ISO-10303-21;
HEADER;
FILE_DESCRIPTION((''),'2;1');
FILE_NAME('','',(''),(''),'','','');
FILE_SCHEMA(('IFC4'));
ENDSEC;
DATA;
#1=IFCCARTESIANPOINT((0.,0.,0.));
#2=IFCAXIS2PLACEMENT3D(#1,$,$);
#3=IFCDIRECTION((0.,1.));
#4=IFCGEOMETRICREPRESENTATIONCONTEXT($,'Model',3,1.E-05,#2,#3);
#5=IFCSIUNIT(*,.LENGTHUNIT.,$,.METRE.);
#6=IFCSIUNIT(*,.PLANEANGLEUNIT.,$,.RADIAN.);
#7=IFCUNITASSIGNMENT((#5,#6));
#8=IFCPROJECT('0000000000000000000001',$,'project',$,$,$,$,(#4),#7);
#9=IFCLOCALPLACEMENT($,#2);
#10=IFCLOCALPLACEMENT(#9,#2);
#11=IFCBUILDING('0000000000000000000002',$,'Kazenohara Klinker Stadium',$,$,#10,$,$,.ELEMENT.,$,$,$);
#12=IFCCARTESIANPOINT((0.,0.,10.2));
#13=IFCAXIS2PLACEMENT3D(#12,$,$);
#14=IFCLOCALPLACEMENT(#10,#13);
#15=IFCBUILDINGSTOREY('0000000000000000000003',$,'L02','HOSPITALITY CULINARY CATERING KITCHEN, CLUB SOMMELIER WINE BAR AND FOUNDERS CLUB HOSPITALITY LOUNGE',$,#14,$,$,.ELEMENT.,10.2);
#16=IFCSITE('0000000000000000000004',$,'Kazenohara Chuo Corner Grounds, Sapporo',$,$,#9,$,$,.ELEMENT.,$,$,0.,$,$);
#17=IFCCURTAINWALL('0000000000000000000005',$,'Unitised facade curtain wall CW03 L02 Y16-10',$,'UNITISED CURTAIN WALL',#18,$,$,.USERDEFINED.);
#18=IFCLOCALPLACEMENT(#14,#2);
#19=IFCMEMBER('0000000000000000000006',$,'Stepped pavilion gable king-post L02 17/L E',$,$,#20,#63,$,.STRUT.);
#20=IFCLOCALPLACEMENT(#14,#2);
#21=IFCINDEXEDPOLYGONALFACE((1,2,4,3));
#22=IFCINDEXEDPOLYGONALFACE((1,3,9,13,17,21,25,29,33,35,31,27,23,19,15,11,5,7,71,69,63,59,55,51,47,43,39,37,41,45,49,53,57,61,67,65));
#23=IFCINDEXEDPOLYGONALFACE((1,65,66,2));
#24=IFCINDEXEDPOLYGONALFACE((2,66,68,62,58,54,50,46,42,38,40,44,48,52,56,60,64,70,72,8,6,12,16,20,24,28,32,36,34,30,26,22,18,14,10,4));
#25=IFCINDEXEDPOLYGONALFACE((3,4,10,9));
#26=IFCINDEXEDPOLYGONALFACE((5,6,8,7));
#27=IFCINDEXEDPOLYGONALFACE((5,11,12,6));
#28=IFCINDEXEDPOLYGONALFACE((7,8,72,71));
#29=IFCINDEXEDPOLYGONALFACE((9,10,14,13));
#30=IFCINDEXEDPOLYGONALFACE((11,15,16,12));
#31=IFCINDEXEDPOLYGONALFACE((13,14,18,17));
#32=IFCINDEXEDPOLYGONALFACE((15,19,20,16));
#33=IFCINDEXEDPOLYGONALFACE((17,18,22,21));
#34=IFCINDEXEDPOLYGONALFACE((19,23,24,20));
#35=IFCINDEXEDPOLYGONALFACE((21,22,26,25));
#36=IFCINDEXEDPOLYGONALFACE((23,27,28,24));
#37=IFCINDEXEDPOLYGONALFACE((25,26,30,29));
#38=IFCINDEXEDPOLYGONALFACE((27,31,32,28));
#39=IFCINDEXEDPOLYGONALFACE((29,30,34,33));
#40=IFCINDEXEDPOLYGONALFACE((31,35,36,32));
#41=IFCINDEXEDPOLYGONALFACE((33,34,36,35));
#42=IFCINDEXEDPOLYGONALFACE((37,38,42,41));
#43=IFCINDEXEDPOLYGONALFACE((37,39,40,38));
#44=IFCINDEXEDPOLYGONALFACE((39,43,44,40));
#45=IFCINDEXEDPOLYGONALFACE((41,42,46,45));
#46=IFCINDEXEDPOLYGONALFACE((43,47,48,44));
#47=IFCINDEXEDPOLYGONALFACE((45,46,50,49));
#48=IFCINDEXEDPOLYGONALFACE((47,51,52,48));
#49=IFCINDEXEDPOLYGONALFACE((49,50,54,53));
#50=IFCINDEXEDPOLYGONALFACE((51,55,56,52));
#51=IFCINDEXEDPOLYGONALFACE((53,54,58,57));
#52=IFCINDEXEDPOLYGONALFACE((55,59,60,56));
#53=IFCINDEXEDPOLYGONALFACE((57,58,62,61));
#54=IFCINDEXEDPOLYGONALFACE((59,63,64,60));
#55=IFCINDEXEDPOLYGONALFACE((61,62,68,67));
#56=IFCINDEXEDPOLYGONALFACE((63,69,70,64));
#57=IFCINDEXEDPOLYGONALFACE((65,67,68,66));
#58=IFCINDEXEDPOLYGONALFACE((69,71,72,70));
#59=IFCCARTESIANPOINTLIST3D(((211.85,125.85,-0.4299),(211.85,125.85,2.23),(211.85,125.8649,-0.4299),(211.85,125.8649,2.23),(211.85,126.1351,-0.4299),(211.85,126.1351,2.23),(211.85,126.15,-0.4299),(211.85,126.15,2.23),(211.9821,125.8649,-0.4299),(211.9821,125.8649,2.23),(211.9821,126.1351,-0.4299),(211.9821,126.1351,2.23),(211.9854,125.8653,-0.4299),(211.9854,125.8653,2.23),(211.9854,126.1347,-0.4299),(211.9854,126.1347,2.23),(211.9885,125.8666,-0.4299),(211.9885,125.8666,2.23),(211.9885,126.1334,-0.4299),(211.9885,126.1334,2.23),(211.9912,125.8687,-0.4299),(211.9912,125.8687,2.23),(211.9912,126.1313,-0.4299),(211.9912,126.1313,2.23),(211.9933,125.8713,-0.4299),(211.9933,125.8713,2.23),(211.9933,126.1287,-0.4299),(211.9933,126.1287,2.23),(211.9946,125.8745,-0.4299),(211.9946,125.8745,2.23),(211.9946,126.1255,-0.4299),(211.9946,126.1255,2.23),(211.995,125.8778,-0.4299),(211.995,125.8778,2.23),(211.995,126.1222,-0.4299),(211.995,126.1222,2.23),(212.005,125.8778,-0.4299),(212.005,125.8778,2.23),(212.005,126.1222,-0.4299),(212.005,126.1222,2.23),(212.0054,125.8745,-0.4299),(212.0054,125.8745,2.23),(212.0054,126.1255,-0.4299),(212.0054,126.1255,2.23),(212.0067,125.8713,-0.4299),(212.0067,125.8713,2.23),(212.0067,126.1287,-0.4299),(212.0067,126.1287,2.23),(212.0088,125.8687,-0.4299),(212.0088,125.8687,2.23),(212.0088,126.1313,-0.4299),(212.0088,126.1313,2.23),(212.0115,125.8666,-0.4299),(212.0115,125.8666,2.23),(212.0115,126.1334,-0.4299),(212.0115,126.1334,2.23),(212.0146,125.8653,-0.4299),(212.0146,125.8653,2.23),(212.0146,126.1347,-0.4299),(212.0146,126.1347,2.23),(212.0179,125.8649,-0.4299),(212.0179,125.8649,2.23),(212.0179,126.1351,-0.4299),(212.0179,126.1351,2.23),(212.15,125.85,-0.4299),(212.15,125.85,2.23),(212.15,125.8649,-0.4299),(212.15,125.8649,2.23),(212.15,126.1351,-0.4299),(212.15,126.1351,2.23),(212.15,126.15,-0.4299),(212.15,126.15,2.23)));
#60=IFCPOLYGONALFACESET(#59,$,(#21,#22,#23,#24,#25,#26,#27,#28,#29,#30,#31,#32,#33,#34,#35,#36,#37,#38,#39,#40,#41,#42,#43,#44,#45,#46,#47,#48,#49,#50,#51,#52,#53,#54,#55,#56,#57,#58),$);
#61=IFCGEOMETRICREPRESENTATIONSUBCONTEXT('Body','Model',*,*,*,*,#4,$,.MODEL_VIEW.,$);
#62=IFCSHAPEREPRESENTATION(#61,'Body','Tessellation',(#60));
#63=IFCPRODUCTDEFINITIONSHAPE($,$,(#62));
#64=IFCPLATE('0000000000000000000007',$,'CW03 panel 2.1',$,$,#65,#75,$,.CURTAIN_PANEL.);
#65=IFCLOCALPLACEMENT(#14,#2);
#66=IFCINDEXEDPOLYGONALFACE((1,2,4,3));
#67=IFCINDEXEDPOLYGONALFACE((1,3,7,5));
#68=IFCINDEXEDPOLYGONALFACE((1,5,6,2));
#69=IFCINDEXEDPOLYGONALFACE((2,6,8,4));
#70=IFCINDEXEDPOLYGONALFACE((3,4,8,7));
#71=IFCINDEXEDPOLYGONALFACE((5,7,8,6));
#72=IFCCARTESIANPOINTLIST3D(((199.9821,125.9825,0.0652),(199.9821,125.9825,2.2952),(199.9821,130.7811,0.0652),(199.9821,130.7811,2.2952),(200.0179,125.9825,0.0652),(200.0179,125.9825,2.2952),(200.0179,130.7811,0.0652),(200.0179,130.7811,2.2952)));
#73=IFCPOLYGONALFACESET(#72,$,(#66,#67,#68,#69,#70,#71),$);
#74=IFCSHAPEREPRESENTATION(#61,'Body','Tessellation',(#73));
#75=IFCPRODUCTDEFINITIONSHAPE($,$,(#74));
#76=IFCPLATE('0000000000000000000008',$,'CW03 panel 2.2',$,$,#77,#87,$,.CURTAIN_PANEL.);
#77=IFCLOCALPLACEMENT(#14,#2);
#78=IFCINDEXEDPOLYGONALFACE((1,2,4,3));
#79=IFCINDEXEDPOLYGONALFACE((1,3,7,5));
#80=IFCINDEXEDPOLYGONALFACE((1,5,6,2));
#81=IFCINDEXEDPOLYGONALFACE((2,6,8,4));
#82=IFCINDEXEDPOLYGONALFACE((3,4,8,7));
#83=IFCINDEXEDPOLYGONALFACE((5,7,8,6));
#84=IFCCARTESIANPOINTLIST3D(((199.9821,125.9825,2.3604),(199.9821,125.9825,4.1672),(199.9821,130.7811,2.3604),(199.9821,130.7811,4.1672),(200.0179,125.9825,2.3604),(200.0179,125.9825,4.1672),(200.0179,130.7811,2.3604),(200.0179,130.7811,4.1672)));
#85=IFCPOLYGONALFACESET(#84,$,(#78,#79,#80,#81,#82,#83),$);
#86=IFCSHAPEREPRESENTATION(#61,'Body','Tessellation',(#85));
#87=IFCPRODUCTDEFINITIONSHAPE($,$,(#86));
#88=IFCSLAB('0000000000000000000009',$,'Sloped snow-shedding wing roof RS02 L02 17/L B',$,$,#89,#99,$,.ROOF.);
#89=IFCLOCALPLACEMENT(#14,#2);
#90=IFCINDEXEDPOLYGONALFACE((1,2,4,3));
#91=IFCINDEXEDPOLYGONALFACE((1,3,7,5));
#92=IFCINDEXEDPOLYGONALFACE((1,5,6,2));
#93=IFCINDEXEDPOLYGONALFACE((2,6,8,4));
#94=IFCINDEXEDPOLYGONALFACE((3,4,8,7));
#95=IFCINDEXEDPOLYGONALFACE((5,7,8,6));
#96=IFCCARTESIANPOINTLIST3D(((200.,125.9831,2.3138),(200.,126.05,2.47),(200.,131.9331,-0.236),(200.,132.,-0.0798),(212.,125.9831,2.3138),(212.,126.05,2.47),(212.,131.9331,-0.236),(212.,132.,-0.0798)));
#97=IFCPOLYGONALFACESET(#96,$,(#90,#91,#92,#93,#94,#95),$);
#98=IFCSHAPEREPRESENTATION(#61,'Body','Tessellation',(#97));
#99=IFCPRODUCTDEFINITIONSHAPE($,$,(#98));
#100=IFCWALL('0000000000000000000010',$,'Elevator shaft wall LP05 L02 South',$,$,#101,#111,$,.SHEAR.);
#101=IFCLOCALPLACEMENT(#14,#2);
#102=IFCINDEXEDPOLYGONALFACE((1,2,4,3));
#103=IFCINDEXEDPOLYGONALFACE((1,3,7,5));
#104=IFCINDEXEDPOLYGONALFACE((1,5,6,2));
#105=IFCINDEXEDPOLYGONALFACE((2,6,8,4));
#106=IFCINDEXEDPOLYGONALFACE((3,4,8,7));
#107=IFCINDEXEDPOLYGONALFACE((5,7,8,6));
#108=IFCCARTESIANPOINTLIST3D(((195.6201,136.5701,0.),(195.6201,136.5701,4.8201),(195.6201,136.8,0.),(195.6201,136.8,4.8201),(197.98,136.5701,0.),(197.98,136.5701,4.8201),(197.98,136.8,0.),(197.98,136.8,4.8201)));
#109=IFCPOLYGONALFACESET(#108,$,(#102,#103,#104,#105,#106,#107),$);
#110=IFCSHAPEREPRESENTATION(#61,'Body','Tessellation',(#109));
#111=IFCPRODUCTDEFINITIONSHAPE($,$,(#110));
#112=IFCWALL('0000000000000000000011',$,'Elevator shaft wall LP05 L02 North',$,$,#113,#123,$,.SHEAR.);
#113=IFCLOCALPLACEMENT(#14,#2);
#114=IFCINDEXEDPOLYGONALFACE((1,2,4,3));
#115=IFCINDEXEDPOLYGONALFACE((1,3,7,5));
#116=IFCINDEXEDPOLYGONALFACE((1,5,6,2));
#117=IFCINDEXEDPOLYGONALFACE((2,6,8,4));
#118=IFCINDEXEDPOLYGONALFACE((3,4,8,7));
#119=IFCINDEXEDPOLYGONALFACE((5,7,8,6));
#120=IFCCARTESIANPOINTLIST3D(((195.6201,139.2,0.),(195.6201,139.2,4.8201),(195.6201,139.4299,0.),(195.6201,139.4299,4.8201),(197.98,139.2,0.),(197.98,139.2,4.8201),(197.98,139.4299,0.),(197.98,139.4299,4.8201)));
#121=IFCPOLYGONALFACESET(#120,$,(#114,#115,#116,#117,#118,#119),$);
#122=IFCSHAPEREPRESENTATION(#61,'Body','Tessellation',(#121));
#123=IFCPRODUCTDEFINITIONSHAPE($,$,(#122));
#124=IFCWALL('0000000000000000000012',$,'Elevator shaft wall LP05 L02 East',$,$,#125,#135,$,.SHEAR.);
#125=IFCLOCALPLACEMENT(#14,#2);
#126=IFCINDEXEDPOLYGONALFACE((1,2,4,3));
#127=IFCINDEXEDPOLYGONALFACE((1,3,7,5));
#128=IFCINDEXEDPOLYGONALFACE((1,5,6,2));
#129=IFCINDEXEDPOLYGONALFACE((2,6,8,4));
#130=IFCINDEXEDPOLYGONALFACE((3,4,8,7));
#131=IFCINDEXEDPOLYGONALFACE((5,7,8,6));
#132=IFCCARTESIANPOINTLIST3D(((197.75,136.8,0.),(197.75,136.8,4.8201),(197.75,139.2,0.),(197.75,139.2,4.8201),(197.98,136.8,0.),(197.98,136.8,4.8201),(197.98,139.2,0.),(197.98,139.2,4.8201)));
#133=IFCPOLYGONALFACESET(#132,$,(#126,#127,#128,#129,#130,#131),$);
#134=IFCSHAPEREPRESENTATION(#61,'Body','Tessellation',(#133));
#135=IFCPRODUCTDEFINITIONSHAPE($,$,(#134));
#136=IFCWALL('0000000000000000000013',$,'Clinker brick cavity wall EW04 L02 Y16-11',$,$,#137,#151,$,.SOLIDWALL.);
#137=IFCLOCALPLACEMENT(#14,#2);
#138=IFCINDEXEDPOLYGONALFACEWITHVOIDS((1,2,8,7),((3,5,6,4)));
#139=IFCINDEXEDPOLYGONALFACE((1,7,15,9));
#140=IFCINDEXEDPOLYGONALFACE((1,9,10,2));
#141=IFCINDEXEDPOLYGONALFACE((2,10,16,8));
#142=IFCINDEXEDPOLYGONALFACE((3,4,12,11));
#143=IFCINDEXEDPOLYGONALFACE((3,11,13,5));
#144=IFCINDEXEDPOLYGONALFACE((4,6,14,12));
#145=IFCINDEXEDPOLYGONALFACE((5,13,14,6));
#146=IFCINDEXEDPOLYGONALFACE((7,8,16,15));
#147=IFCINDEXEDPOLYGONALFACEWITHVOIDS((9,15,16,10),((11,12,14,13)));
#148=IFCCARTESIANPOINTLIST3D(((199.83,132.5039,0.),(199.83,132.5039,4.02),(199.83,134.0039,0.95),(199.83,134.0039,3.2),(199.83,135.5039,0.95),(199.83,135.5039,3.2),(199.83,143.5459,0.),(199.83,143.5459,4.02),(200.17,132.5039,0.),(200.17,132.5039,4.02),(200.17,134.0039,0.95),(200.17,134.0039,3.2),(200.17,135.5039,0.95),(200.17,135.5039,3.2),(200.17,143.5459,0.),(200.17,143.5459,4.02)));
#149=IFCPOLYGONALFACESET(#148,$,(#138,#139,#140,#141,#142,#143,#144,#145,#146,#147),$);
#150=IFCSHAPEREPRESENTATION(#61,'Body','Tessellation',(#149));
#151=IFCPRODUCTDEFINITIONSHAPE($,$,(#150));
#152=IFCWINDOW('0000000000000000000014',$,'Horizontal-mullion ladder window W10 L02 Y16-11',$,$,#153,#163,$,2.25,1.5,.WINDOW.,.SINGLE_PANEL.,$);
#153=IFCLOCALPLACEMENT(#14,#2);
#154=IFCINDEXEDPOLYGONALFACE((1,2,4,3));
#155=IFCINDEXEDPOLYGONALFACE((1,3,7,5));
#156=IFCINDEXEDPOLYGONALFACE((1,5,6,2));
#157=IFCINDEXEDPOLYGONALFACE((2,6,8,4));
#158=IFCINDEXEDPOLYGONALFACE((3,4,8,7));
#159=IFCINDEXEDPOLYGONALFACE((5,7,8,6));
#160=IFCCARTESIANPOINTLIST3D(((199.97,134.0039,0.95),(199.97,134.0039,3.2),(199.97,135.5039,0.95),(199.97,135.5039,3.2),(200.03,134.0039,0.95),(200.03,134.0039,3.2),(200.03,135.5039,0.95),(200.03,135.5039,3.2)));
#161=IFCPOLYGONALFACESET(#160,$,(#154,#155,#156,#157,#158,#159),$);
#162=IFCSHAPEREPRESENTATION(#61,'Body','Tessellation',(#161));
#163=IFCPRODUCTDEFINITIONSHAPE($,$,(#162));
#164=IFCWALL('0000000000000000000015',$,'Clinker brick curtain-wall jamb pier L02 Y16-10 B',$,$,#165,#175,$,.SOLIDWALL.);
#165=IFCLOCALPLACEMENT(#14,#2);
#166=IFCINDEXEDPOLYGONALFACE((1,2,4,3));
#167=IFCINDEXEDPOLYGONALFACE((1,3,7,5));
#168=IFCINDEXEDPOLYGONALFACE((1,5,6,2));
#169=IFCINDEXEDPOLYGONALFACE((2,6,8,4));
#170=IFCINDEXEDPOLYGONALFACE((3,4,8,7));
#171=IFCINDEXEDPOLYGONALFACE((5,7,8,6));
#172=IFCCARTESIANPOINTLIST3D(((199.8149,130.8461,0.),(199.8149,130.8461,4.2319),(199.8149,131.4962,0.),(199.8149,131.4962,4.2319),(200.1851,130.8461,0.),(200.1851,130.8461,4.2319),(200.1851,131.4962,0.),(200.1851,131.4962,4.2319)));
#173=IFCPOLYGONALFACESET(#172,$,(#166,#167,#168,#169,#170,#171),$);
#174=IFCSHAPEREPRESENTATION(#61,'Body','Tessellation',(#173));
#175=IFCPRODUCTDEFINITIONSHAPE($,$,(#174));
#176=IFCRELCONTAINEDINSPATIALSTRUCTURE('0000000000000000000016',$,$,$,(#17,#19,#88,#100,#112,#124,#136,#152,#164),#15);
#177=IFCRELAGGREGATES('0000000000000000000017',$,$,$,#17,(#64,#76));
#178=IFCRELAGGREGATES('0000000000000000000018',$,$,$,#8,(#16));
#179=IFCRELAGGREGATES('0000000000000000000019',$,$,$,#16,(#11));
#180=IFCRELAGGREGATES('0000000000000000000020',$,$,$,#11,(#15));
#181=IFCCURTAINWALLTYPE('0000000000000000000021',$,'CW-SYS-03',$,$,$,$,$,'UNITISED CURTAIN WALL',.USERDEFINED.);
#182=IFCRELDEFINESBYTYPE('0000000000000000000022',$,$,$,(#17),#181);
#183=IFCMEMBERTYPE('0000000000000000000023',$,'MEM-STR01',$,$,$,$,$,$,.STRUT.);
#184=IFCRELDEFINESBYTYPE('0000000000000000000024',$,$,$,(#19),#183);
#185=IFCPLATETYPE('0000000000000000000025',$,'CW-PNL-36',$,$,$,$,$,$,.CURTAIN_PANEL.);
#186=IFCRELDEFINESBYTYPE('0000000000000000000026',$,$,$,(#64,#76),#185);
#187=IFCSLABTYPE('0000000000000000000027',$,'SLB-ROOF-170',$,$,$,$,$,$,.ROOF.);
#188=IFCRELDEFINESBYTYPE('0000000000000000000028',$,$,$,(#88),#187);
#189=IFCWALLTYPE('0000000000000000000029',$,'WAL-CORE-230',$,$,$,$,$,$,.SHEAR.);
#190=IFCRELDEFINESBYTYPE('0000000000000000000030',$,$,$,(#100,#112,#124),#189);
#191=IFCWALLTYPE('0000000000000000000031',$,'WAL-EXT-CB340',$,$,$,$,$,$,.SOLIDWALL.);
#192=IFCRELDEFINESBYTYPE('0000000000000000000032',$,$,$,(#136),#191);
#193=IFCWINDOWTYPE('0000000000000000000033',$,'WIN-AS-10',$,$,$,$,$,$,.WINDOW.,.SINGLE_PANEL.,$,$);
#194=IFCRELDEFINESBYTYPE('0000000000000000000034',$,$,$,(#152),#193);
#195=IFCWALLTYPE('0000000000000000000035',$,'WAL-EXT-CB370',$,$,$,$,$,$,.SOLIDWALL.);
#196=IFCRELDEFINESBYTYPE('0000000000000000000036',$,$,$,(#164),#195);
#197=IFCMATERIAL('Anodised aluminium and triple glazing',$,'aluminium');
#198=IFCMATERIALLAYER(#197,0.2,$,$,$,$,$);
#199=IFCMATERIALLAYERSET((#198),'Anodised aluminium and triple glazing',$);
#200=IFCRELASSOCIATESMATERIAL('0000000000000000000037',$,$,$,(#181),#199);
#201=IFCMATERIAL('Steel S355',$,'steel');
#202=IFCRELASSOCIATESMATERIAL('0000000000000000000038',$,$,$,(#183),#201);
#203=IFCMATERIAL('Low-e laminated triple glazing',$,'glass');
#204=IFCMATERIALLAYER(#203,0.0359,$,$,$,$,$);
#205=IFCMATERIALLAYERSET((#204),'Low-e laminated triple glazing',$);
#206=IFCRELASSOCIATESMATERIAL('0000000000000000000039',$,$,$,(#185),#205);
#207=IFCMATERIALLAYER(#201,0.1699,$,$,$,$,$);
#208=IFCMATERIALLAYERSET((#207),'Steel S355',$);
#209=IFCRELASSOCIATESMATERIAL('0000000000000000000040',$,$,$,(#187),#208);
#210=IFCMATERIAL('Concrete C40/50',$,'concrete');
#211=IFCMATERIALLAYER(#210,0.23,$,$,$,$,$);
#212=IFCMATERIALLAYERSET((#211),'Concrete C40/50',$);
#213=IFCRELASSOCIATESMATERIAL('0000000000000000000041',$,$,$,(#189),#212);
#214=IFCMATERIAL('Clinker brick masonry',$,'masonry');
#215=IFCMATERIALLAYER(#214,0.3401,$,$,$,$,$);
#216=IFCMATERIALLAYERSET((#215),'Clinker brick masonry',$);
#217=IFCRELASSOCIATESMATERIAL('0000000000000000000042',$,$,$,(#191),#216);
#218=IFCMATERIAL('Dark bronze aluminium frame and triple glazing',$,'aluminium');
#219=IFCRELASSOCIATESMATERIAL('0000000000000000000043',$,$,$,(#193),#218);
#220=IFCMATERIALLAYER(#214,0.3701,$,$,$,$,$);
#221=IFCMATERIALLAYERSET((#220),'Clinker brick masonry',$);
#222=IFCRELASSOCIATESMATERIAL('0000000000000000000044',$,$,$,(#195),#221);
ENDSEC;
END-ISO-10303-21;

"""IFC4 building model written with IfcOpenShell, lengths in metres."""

from ifc_helpers import new_model, si_unit, direction, frame, frame_2d, origin, origin_2d, place, context, subcontext, project, spatial, polyline, rectangle, i_section, outline, extrude, material, layer, layer_set, material_profile, profile_set, type_object, element, fill, aggregate, save


model = new_model("IFC4")

# Units and contexts
model_context = context("Model", 3, precision=1e-05, world=origin(), true_north=direction((0.0, 1.0)))
body_context = subcontext(model_context, "Body", "Model", "MODEL_VIEW")
ifc_project = project(units=[si_unit("LENGTHUNIT", "METRE"), si_unit("PLANEANGLEUNIT", "RADIAN")], contexts=[model_context])

# Site, building, storey
site_placement = place(None, origin())
site = spatial("IfcSite", under=ifc_project, at=site_placement, Name="Kazenohara Chuo Corner Grounds, Sapporo", CompositionType="ELEMENT", RefElevation=0.0)
building_placement = place(site_placement, origin())
building = spatial("IfcBuilding", under=site, at=building_placement, Name="Kazenohara Klinker Stadium", CompositionType="ELEMENT")
storey_placement = place(building_placement, frame((0.0, 0.0, 10.2)))
storey = spatial("IfcBuildingStorey", under=building, at=storey_placement, Name="L02", Description="HOSPITALITY CULINARY CATERING KITCHEN, CLUB SOMMELIER WINE BAR AND FOUNDERS CLUB HOSPITALITY LOUNGE", CompositionType="ELEMENT", Elevation=10.2)

# Shared definitions
ifc_material_1 = material(Name="Concrete C40/50", Category="concrete")

# Curtain wall
ifc_material_2 = material(Name="Anodised aluminium and triple glazing", Category="aluminium")
ifc_layer_1 = layer(ifc_material_2, 0.2)
ifc_layer_set_1 = layer_set([ifc_layer_1], Name="Anodised aluminium and triple glazing")
curtain_wall_type = type_object("IfcCurtainWallType", Name="CW-SYS-03", ElementType="UNITISED CURTAIN WALL", PredefinedType="USERDEFINED", material=ifc_layer_set_1)
curtain_wall_placement = place(storey_placement, origin())
curtain_wall = element("IfcCurtainWall", 1, at=curtain_wall_placement, inside=storey, type_object=curtain_wall_type, Name="Unitised facade curtain wall CW03 L02 Y16-10", ObjectType="UNITISED CURTAIN WALL", PredefinedType="USERDEFINED")

# Member
ifc_material_3 = material(Name="Steel S355", Category="steel")
ifc_material_profile_1 = material_profile(ifc_material_3, i_section(OverallWidth=0.3, OverallDepth=0.3, WebThickness=0.01, FlangeThickness=0.0149, FilletRadius=0.0129, at=origin_2d()), Name="H-300x300x10x15")
ifc_profile_set_1 = profile_set([ifc_material_profile_1], Name="Steel S355")
member_type_1 = type_object("IfcMemberType", Name="MEM-STR01", PredefinedType="STRUT", material=ifc_profile_set_1)
for number, where, z_axis, x_axis, name in (
    (2, (212.0, 126.0, -0.4299), (0.0, 0.0, 1.0), (1.0, 0.0, 0.0), "Stepped pavilion gable king-post L02 17/L E"),
):
    element("IfcMember", number, at=place(storey_placement, frame(where, z_axis=z_axis, x_axis=x_axis)), inside=storey, type_object=member_type_1, Name=name, PredefinedType="STRUT", context=body_context, shape_type="SweptSolid", body=[
        extrude(i_section(OverallWidth=0.3, OverallDepth=0.3, WebThickness=0.01, FlangeThickness=0.0149, FilletRadius=0.0129, at=origin_2d()), origin(), (0.0, 0.0, 1.0), 2.6599),
    ])

# Plates
ifc_material_4 = material(Name="Low-e laminated triple glazing", Category="glass")
ifc_layer_2 = layer(ifc_material_4, 0.0359)
ifc_layer_set_2 = layer_set([ifc_layer_2], Name="Low-e laminated triple glazing")
plate_type = type_object("IfcPlateType", Name="CW-PNL-36", PredefinedType="CURTAIN_PANEL", material=ifc_layer_set_2)
plate_1_placement = place(storey_placement, frame((200.0, 128.3818, 0.0652), z_axis=(0.0, 0.0, 1.0), x_axis=(0.0, 1.0, 0.0)))
plate_1 = element("IfcPlate", 3, at=plate_1_placement, type_object=plate_type, Name="CW03 panel 2.1", PredefinedType="CURTAIN_PANEL", context=body_context, shape_type="SweptSolid", body=[
    extrude(rectangle(XDim=4.7986, YDim=0.0359, at=origin_2d()), origin(), (0.0, 0.0, 1.0), 2.23),
])
plate_2_placement = place(storey_placement, frame((200.0, 128.3818, 2.3604), z_axis=(0.0, 0.0, 1.0), x_axis=(0.0, 1.0, 0.0)))
plate_2 = element("IfcPlate", 4, at=plate_2_placement, type_object=plate_type, Name="CW03 panel 2.2", PredefinedType="CURTAIN_PANEL", context=body_context, shape_type="SweptSolid", body=[
    extrude(rectangle(XDim=4.7986, YDim=0.0359, at=origin_2d()), origin(), (0.0, 0.0, 1.0), 1.8069),
])
aggregate(curtain_wall, [plate_1, plate_2])

# Slab
ifc_layer_3 = layer(ifc_material_3, 0.1699)
ifc_layer_set_3 = layer_set([ifc_layer_3], Name="Steel S355")
slab_type = type_object("IfcSlabType", Name="SLB-ROOF-170", PredefinedType="ROOF", material=ifc_layer_set_3)
slab_placement = place(storey_placement, frame((200.0, 126.05, 2.47), z_axis=(0.0, 0.393897, 0.919155), x_axis=(1.0, 0.0, 0.0)))
element("IfcSlab", 5, at=slab_placement, inside=storey, type_object=slab_type, Name="Sloped snow-shedding wing roof RS02 L02 17/L B", PredefinedType="ROOF", context=body_context, shape_type="SweptSolid", body=[
    extrude(outline(polyline([(0.0, 0.0), (12.0, 0.0), (12.0, 6.4733), (0.0, 6.4733), (0.0, 0.0)])), origin(), (0.0, 0.0, -1.0), 0.1699),
])

# Walls
ifc_layer_4 = layer(ifc_material_1, 0.23)
ifc_layer_set_4 = layer_set([ifc_layer_4], Name="Concrete C40/50")
wall_type_1 = type_object("IfcWallType", Name="WAL-CORE-230", PredefinedType="SHEAR", material=ifc_layer_set_4)
for number, where, z_axis, x_axis, name in (
    (6, (195.6201, 136.6851, 0.0), (0.0, 0.0, 1.0), (1.0, 0.0, 0.0), "Elevator shaft wall LP05 L02 South"),
    (7, (195.6201, 139.3149, 0.0), (0.0, 0.0, 1.0), (1.0, 0.0, 0.0), "Elevator shaft wall LP05 L02 North"),
):
    element("IfcWall", number, at=place(storey_placement, frame(where, z_axis=z_axis, x_axis=x_axis)), inside=storey, type_object=wall_type_1, Name=name, PredefinedType="SHEAR", context=body_context, shape_type="SweptSolid", body=[
        extrude(rectangle(XDim=2.3599, YDim=0.23, at=frame_2d((1.1799, 0.0))), origin(), (0.0, 0.0, 1.0), 4.8201),
    ])

# Wall
wall_1_placement = place(storey_placement, frame((197.865, 136.8, 0.0), z_axis=(0.0, 0.0, 1.0), x_axis=(0.0, 1.0, 0.0)))
element("IfcWall", 8, at=wall_1_placement, inside=storey, type_object=wall_type_1, Name="Elevator shaft wall LP05 L02 East", PredefinedType="SHEAR", context=body_context, shape_type="SweptSolid", body=[
    extrude(rectangle(XDim=2.3999, YDim=0.23, at=frame_2d((1.2, 0.0))), origin(), (0.0, 0.0, 1.0), 4.8201),
])

# Wall, opening, window
ifc_material_5 = material(Name="Clinker brick masonry", Category="masonry")
ifc_layer_5 = layer(ifc_material_5, 0.3401)
ifc_layer_set_5 = layer_set([ifc_layer_5], Name="Clinker brick masonry")
wall_type_2 = type_object("IfcWallType", Name="WAL-EXT-CB340", PredefinedType="SOLIDWALL", material=ifc_layer_set_5)
wall_2_placement = place(storey_placement, frame((200.0, 132.5039, 0.0), z_axis=(0.0, 0.0, 1.0), x_axis=(0.0, 1.0, 0.0)))
wall_2 = element("IfcWall", 9, at=wall_2_placement, inside=storey, type_object=wall_type_2, Name="Clinker brick cavity wall EW04 L02 Y16-11", PredefinedType="SOLIDWALL", context=body_context, shape_type="SweptSolid", body=[
    extrude(rectangle(XDim=11.042, YDim=0.3401, at=frame_2d((5.521, 0.0))), origin(), (0.0, 0.0, 1.0), 4.02),
])
opening_1_placement = place(wall_2_placement, frame((1.5, 0.0, 0.95)))
opening_1 = element("IfcOpeningElement", 10, at=opening_1_placement, cuts=wall_2, PredefinedType="OPENING", context=body_context, shape_type="SweptSolid", body=[
    extrude(rectangle(XDim=1.5, YDim=2.25, at=frame_2d((0.75, 1.125))), frame((0.0, 0.1802, 0.0), z_axis=(0.0, -1.0, 0.0), x_axis=(1.0, 0.0, 0.0)), (0.0, 0.0, 1.0), 0.3601),
])
ifc_material_6 = material(Name="Dark bronze aluminium frame and triple glazing", Category="aluminium")
window_type = type_object("IfcWindowType", Name="WIN-AS-10", PartitioningType="SINGLE_PANEL", PredefinedType="WINDOW", material=ifc_material_6)
window_placement = place(opening_1_placement, origin())
window = element("IfcWindow", 11, at=window_placement, inside=storey, type_object=window_type, Name="Horizontal-mullion ladder window W10 L02 Y16-11", OverallHeight=2.25, OverallWidth=1.5, PartitioningType="SINGLE_PANEL", PredefinedType="WINDOW", context=body_context, shape_type="SweptSolid", body=[
    extrude(rectangle(XDim=1.5, YDim=2.25, at=frame_2d((0.75, 1.125))), frame((0.0, 0.03, 0.0), z_axis=(0.0, -1.0, 0.0), x_axis=(1.0, 0.0, 0.0)), (0.0, 0.0, 1.0), 0.0601),
])
fill(opening_1, window)

# Wall
ifc_layer_6 = layer(ifc_material_5, 0.3701)
ifc_layer_set_6 = layer_set([ifc_layer_6], Name="Clinker brick masonry")
wall_type_3 = type_object("IfcWallType", Name="WAL-EXT-CB370", PredefinedType="SOLIDWALL", material=ifc_layer_set_6)
wall_3_placement = place(storey_placement, frame((200.0, 130.8459, 0.0), z_axis=(0.0, 0.0, 1.0), x_axis=(0.0, 1.0, 0.0)))
element("IfcWall", 12, at=wall_3_placement, inside=storey, type_object=wall_type_3, Name="Clinker brick curtain-wall jamb pier L02 Y16-10 B", PredefinedType="SOLIDWALL", context=body_context, shape_type="SweptSolid", body=[
    extrude(rectangle(XDim=0.6501, YDim=0.3701, at=frame_2d((0.3252, 0.0))), origin(), (0.0, 0.0, 1.0), 4.2319),
])

save(model, "model.ifc")
